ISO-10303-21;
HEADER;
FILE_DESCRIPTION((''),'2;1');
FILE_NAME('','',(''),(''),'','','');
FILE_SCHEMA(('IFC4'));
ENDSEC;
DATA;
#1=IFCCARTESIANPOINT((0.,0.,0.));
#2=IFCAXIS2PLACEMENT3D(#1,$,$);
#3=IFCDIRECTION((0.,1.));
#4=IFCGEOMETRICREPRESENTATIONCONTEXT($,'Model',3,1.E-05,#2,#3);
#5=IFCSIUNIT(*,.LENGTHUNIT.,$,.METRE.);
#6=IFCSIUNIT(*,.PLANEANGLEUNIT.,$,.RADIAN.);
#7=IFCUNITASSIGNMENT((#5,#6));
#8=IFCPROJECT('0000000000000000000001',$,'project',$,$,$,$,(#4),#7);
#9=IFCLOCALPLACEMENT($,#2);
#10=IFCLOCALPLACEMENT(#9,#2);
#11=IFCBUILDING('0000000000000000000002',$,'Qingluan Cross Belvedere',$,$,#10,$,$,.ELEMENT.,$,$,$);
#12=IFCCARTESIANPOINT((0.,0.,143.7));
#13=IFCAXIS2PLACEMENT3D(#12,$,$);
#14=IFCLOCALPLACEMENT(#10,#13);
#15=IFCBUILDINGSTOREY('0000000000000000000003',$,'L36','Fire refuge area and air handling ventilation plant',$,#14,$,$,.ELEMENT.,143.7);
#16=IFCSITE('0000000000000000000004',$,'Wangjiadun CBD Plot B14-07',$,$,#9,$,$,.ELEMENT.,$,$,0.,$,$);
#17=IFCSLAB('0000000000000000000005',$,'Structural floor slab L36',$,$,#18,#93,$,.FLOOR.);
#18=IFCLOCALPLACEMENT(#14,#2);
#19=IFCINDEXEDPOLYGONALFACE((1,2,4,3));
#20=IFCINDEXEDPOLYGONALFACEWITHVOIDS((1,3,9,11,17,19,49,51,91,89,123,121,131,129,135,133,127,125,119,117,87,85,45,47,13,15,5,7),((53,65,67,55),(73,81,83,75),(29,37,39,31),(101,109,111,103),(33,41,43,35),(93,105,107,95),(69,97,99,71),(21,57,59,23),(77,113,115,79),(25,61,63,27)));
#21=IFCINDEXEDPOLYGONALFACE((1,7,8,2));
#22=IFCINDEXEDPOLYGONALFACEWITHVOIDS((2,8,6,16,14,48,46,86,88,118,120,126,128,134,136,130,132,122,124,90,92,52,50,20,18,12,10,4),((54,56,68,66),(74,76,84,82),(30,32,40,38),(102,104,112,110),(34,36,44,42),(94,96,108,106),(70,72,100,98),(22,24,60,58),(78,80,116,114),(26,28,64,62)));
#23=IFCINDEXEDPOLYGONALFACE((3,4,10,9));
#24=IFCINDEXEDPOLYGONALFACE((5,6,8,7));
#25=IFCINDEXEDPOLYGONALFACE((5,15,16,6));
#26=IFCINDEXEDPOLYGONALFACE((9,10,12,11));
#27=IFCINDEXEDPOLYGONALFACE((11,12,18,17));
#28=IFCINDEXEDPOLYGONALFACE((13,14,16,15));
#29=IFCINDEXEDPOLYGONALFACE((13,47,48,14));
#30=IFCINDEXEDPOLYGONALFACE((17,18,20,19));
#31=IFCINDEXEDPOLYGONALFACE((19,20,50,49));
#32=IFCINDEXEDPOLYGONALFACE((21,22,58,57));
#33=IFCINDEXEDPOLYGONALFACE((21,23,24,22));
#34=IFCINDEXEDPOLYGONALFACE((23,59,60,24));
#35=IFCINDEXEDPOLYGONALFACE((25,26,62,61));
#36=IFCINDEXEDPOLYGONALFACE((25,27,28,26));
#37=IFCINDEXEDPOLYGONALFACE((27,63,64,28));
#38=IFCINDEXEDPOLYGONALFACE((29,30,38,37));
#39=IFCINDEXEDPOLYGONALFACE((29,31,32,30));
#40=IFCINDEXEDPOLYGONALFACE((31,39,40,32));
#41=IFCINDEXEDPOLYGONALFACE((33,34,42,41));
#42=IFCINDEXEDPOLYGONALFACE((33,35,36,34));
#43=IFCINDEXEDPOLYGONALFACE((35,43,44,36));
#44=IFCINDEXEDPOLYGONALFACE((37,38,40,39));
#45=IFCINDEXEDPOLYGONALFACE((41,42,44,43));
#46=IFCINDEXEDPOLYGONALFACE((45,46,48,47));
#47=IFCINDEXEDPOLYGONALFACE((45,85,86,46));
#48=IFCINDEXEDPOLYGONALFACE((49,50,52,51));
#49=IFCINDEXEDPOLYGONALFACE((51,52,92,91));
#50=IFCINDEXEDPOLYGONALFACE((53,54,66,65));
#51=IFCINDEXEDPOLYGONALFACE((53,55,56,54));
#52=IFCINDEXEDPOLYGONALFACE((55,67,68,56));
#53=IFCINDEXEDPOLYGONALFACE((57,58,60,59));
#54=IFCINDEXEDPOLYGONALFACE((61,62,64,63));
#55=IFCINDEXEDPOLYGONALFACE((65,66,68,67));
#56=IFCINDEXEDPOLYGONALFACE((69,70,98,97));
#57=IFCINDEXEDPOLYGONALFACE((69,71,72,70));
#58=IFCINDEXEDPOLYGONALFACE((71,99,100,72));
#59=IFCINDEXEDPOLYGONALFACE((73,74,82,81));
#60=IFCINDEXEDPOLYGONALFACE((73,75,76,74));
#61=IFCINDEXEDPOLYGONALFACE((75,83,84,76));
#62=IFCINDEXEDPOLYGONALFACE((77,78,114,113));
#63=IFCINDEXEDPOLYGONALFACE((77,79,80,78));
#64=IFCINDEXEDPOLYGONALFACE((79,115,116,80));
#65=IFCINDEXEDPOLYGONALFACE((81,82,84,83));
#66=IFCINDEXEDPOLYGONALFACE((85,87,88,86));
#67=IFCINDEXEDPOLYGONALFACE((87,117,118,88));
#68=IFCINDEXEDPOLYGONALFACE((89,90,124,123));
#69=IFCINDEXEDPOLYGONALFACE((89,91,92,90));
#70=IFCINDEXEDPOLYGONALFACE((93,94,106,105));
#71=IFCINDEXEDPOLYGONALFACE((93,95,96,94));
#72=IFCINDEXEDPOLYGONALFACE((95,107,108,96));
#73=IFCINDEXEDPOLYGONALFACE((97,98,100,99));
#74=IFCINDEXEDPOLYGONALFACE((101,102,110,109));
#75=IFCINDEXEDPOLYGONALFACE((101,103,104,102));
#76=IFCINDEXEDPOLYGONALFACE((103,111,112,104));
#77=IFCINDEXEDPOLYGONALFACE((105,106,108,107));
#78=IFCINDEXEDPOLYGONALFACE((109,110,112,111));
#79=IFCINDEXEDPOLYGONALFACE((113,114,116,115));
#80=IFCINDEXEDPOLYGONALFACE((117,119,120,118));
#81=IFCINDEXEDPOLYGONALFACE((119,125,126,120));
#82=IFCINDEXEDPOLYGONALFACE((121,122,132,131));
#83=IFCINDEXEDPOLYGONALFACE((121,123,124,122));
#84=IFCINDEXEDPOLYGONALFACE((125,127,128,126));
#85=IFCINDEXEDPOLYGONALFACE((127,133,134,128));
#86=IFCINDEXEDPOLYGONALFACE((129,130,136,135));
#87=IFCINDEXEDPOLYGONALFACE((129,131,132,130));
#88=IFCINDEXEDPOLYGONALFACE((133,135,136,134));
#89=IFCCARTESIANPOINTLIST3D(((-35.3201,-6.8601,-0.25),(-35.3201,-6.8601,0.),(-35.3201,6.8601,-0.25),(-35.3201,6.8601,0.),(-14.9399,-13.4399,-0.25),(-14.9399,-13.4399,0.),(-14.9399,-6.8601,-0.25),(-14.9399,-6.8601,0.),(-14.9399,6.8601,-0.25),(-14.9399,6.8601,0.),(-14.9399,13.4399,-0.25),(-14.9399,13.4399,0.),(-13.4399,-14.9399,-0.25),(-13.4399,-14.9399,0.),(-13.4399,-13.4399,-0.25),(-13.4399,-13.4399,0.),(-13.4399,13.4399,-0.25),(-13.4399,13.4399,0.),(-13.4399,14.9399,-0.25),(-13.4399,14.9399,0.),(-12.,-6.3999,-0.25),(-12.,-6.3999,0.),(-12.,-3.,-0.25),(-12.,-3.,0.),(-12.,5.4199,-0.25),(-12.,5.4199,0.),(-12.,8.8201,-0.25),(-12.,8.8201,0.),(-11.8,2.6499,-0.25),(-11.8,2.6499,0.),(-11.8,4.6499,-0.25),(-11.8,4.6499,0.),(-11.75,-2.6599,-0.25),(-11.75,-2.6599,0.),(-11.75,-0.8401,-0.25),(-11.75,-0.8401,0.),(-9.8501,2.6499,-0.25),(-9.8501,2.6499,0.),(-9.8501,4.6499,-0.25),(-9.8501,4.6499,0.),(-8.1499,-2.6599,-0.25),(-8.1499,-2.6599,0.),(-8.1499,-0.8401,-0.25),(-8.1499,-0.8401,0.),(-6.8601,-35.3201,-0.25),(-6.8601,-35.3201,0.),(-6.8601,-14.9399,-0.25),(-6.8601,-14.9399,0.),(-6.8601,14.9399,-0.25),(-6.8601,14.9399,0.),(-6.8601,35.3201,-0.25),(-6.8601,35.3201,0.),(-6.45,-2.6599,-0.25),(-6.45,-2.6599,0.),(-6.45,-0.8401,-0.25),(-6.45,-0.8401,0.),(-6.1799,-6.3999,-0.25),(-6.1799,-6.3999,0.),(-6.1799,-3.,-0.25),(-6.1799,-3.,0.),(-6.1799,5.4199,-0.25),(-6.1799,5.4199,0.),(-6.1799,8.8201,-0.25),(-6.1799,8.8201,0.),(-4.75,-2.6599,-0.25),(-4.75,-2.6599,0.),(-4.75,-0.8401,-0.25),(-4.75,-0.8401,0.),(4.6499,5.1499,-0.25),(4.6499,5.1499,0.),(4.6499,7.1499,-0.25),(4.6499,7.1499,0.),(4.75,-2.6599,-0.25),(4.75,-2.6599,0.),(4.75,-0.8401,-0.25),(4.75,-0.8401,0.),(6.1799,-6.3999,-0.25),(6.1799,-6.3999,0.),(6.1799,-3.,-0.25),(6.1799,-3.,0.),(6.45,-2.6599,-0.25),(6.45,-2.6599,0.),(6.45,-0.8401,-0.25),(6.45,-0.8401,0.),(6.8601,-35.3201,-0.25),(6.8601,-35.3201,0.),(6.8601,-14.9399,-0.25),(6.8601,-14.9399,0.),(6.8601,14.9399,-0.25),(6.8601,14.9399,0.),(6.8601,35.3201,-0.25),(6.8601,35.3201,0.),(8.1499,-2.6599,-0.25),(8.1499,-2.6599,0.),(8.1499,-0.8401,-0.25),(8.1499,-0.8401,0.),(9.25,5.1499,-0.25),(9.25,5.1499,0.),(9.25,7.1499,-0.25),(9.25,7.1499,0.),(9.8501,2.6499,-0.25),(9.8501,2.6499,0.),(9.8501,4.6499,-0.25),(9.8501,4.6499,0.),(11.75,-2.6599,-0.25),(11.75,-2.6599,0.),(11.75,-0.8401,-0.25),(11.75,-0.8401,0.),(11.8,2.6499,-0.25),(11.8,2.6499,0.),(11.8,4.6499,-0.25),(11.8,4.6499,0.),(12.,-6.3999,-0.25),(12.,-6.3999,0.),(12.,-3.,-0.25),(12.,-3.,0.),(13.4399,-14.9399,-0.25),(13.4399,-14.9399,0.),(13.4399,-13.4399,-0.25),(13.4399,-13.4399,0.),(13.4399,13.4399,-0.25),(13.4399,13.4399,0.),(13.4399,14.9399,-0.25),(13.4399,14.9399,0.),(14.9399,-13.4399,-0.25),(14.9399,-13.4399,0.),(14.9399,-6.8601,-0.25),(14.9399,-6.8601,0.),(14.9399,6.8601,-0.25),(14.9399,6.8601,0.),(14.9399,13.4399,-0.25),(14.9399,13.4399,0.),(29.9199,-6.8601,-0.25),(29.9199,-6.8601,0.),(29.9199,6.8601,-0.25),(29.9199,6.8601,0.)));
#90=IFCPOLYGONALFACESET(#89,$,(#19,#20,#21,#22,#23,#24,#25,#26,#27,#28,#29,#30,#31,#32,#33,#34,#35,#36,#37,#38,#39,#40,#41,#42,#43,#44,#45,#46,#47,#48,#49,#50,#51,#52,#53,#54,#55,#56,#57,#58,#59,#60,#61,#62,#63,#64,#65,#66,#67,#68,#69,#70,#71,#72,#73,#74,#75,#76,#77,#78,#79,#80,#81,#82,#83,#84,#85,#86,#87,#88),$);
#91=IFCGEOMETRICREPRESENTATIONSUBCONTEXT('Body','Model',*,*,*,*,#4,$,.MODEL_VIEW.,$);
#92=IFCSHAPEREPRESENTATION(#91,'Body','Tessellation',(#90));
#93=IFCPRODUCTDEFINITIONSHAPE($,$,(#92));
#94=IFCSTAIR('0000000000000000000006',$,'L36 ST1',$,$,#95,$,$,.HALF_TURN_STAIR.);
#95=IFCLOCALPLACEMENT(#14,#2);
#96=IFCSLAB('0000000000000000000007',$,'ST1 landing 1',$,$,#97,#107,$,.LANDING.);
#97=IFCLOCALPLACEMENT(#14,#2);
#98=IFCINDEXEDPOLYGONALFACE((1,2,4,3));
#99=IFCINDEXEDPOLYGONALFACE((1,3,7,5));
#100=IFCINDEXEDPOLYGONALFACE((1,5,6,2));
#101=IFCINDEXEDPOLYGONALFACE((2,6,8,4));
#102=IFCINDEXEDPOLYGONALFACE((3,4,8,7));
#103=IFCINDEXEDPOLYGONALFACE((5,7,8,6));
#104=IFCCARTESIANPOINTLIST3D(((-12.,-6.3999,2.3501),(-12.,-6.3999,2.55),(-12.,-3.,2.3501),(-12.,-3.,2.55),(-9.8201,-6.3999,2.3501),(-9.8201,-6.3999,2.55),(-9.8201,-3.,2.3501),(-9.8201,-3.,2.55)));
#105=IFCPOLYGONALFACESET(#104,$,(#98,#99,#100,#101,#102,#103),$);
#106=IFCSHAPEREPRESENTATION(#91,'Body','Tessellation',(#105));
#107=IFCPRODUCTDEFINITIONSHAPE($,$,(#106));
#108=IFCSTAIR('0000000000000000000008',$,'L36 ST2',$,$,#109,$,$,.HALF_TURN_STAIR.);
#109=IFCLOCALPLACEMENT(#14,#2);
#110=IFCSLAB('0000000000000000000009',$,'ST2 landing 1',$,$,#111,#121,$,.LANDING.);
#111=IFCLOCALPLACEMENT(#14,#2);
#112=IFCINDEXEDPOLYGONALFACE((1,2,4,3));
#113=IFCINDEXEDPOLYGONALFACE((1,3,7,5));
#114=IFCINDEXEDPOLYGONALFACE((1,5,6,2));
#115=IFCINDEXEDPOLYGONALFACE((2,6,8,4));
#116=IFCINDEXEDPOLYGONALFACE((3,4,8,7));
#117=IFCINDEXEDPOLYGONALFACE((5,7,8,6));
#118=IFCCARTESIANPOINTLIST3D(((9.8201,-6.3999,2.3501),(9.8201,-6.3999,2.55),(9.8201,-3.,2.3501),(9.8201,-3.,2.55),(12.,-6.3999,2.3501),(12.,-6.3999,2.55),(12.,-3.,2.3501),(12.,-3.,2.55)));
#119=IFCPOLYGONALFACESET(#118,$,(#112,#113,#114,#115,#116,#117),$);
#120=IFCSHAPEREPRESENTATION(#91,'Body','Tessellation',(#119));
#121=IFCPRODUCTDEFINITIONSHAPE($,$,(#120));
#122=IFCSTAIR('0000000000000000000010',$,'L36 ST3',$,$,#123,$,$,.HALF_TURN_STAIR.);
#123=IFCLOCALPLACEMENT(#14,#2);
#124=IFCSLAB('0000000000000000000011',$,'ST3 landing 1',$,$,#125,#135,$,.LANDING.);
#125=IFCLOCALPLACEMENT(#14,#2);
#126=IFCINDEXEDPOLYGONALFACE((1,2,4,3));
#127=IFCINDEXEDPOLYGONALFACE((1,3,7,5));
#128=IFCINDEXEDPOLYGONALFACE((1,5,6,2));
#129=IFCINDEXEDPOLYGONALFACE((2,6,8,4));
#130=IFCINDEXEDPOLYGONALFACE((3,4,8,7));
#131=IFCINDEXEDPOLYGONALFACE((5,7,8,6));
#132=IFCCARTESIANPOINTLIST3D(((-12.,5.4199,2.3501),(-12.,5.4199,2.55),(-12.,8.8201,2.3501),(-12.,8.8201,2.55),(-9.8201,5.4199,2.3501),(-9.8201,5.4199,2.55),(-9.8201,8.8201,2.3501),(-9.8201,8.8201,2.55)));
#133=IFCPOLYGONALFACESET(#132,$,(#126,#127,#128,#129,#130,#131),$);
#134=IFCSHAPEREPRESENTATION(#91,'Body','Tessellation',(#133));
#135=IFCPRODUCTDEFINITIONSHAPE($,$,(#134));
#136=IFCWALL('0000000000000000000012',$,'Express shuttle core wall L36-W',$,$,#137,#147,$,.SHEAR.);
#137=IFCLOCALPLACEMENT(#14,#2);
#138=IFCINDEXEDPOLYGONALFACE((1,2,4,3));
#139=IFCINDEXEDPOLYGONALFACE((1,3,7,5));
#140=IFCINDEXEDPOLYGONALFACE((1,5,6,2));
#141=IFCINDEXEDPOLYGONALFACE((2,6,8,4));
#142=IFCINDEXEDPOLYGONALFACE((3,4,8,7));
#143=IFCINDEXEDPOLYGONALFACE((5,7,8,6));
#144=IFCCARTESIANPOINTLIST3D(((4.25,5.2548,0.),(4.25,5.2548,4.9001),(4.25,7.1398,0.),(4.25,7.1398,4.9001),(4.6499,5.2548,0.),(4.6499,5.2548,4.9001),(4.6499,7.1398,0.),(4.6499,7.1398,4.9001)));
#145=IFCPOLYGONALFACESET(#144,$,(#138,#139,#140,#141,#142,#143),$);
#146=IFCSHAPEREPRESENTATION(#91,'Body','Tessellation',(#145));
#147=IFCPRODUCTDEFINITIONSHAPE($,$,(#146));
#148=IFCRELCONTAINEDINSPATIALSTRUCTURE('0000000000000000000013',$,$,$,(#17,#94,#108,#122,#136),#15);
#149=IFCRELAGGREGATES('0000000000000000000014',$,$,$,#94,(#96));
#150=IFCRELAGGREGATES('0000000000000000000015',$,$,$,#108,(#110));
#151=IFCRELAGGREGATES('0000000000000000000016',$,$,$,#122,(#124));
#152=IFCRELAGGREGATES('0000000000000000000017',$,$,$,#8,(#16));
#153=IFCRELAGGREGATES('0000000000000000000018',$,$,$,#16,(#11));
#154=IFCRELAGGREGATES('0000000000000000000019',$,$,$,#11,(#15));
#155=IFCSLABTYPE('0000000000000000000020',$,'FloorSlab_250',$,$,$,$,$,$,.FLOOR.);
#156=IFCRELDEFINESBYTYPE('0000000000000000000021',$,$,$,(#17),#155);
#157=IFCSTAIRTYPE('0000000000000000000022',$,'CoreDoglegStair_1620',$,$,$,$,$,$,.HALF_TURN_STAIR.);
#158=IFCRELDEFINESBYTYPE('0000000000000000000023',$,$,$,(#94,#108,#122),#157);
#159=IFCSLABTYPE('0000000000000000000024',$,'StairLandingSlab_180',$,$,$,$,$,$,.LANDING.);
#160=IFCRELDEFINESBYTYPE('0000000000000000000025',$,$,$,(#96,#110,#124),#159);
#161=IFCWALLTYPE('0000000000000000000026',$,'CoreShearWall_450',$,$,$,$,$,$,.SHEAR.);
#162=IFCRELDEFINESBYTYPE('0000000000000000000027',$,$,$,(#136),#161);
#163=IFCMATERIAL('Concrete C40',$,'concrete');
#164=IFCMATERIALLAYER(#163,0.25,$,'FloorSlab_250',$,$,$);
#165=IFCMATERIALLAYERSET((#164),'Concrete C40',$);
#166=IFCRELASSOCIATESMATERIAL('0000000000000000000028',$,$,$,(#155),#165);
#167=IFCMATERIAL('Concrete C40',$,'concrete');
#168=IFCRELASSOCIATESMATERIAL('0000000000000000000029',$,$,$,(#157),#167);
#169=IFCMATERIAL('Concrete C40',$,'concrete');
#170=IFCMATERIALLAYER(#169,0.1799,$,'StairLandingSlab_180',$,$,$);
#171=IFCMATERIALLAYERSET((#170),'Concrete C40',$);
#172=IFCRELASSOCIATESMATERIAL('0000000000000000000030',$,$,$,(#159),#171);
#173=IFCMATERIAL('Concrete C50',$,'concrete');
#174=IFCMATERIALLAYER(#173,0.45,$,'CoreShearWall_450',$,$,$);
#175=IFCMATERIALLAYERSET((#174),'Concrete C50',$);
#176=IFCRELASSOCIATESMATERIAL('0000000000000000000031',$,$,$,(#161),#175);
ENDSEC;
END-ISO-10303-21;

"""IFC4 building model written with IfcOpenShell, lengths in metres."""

from ifc_helpers import new_model, si_unit, direction, frame, frame_2d, origin, place, context, subcontext, project, spatial, polyline, rectangle, outline, extrude, material, layer, layer_set, type_object, element, aggregate, save


model = new_model("IFC4")

# Units and contexts
model_context = context("Model", 3, precision=1e-05, world=origin(), true_north=direction((0.0, 1.0)))
body_context = subcontext(model_context, "Body", "Model", "MODEL_VIEW")
ifc_project = project(units=[si_unit("LENGTHUNIT", "METRE"), si_unit("PLANEANGLEUNIT", "RADIAN")], contexts=[model_context])

# Site, building, storey
site_placement = place(None, origin())
site = spatial("IfcSite", under=ifc_project, at=site_placement, Name="Wangjiadun CBD Plot B14-07", CompositionType="ELEMENT", RefElevation=0.0)
building_placement = place(site_placement, origin())
building = spatial("IfcBuilding", under=site, at=building_placement, Name="Qingluan Cross Belvedere", CompositionType="ELEMENT")
storey_placement = place(building_placement, frame((0.0, 0.0, 143.7)))
storey = spatial("IfcBuildingStorey", under=building, at=storey_placement, Name="L36", Description="Fire refuge area and air handling ventilation plant", CompositionType="ELEMENT", Elevation=143.7)

# Slab
ifc_material_1 = material(Name="Concrete C40", Category="concrete")
ifc_layer_1 = layer(ifc_material_1, 0.25, Name="FloorSlab_250")
ifc_layer_set_1 = layer_set([ifc_layer_1], Name="Concrete C40")
slab_type_1 = type_object("IfcSlabType", Name="FloorSlab_250", PredefinedType="FLOOR", material=ifc_layer_set_1)
slab_1_placement = place(storey_placement, frame((0.0, 0.0, -0.25)))
element("IfcSlab", 1, at=slab_1_placement, inside=storey, type_object=slab_type_1, Name="Structural floor slab L36", PredefinedType="FLOOR", context=body_context, shape_type="SweptSolid", body=[
    extrude(outline(polyline([(6.8601, -35.3201), (6.8601, -14.9399), (13.4399, -14.9399), (13.4399, -13.4399), (14.9399, -13.4399), (14.9399, -6.8601), (29.9199, -6.8601), (29.9199, 6.8601), (14.9399, 6.8601), (14.9399, 13.4399), (13.4399, 13.4399), (13.4399, 14.9399), (6.8601, 14.9399), (6.8601, 35.3201), (-6.8601, 35.3201), (-6.8601, 14.9399), (-13.4399, 14.9399), (-13.4399, 13.4399), (-14.9399, 13.4399), (-14.9399, 6.8601), (-35.3201, 6.8601), (-35.3201, -6.8601), (-14.9399, -6.8601), (-14.9399, -13.4399), (-13.4399, -13.4399), (-13.4399, -14.9399), (-6.8601, -14.9399), (-6.8601, -35.3201), (6.8601, -35.3201)]), holes=[polyline([(-12.0, -3.0), (-6.1799, -3.0), (-6.1799, -6.3999), (-12.0, -6.3999), (-12.0, -3.0)]), polyline([(6.1799, -3.0), (12.0, -3.0), (12.0, -6.3999), (6.1799, -6.3999), (6.1799, -3.0)]), polyline([(-12.0, 8.8201), (-6.1799, 8.8201), (-6.1799, 5.4199), (-12.0, 5.4199), (-12.0, 8.8201)]), polyline([(-11.8, 4.6499), (-9.8501, 4.6499), (-9.8501, 2.6499), (-11.8, 2.6499), (-11.8, 4.6499)]), polyline([(9.8501, 4.6499), (11.8, 4.6499), (11.8, 2.6499), (9.8501, 2.6499), (9.8501, 4.6499)]), polyline([(-11.75, -0.8401), (-8.1499, -0.8401), (-8.1499, -2.6599), (-11.75, -2.6599), (-11.75, -0.8401)]), polyline([(-6.45, -0.8401), (-4.75, -0.8401), (-4.75, -2.6599), (-6.45, -2.6599), (-6.45, -0.8401)]), polyline([(4.75, -0.8401), (6.45, -0.8401), (6.45, -2.6599), (4.75, -2.6599), (4.75, -0.8401)]), polyline([(8.1499, -0.8401), (11.75, -0.8401), (11.75, -2.6599), (8.1499, -2.6599), (8.1499, -0.8401)]), polyline([(4.6499, 7.1499), (9.25, 7.1499), (9.25, 5.1499), (4.6499, 5.1499), (4.6499, 7.1499)])]), origin(), (0.0, 0.0, 1.0), 0.25),
])

# Stairs, slabs
ifc_material_2 = material(Name="Concrete C40", Category="concrete")
stair_type = type_object("IfcStairType", Name="CoreDoglegStair_1620", PredefinedType="HALF_TURN_STAIR", material=ifc_material_2)
stair_1_placement = place(storey_placement, origin())
stair_1 = element("IfcStair", 2, at=stair_1_placement, inside=storey, type_object=stair_type, Name="L36 ST1", PredefinedType="HALF_TURN_STAIR")
ifc_material_3 = material(Name="Concrete C40", Category="concrete")
ifc_layer_2 = layer(ifc_material_3, 0.1799, Name="StairLandingSlab_180")
ifc_layer_set_2 = layer_set([ifc_layer_2], Name="Concrete C40")
slab_type_2 = type_object("IfcSlabType", Name="StairLandingSlab_180", PredefinedType="LANDING", material=ifc_layer_set_2)
slab_2_placement = place(storey_placement, frame((0.0, 0.0, 2.3501)))
slab_2 = element("IfcSlab", 3, at=slab_2_placement, type_object=slab_type_2, Name="ST1 landing 1", PredefinedType="LANDING", context=body_context, shape_type="SweptSolid", body=[
    extrude(outline(polyline([(-9.8201, -3.0), (-12.0, -3.0), (-12.0, -6.3999), (-9.8201, -6.3999), (-9.8201, -3.0)])), origin(), (0.0, 0.0, 1.0), 0.2),
])
aggregate(stair_1, [slab_2])
stair_2_placement = place(storey_placement, origin())
stair_2 = element("IfcStair", 4, at=stair_2_placement, inside=storey, type_object=stair_type, Name="L36 ST2", PredefinedType="HALF_TURN_STAIR")
slab_3_placement = place(storey_placement, frame((0.0, 0.0, 2.3501)))
slab_3 = element("IfcSlab", 5, at=slab_3_placement, type_object=slab_type_2, Name="ST2 landing 1", PredefinedType="LANDING", context=body_context, shape_type="SweptSolid", body=[
    extrude(outline(polyline([(9.8201, -6.3999), (12.0, -6.3999), (12.0, -3.0), (9.8201, -3.0), (9.8201, -6.3999)])), origin(), (0.0, 0.0, 1.0), 0.2),
])
aggregate(stair_2, [slab_3])
stair_3_placement = place(storey_placement, origin())
stair_3 = element("IfcStair", 6, at=stair_3_placement, inside=storey, type_object=stair_type, Name="L36 ST3", PredefinedType="HALF_TURN_STAIR")
slab_4_placement = place(storey_placement, frame((0.0, 0.0, 2.3501)))
slab_4 = element("IfcSlab", 7, at=slab_4_placement, type_object=slab_type_2, Name="ST3 landing 1", PredefinedType="LANDING", context=body_context, shape_type="SweptSolid", body=[
    extrude(outline(polyline([(-9.8201, 8.8201), (-12.0, 8.8201), (-12.0, 5.4199), (-9.8201, 5.4199), (-9.8201, 8.8201)])), origin(), (0.0, 0.0, 1.0), 0.2),
])
aggregate(stair_3, [slab_4])

# Wall
ifc_material_4 = material(Name="Concrete C50", Category="concrete")
ifc_layer_3 = layer(ifc_material_4, 0.45, Name="CoreShearWall_450")
ifc_layer_set_3 = layer_set([ifc_layer_3], Name="Concrete C50")
wall_type_1 = type_object("IfcWallType", Name="CoreShearWall_450", PredefinedType="SHEAR", material=ifc_layer_set_3)
wall_1_placement = place(storey_placement, frame((4.45, 5.2549, 0.0), z_axis=(0.0, 0.0, 1.0), x_axis=(0.0, 1.0, 0.0)))
element("IfcWall", 8, at=wall_1_placement, inside=storey, type_object=wall_type_1, Name="Express shuttle core wall L36-W", PredefinedType="SHEAR", context=body_context, shape_type="SweptSolid", body=[
    extrude(rectangle(XDim=1.885, YDim=0.3999, at=frame_2d((0.9424, 0.0))), origin(), (0.0, 0.0, 1.0), 4.9001),
])

save(model, "model.ifc")
